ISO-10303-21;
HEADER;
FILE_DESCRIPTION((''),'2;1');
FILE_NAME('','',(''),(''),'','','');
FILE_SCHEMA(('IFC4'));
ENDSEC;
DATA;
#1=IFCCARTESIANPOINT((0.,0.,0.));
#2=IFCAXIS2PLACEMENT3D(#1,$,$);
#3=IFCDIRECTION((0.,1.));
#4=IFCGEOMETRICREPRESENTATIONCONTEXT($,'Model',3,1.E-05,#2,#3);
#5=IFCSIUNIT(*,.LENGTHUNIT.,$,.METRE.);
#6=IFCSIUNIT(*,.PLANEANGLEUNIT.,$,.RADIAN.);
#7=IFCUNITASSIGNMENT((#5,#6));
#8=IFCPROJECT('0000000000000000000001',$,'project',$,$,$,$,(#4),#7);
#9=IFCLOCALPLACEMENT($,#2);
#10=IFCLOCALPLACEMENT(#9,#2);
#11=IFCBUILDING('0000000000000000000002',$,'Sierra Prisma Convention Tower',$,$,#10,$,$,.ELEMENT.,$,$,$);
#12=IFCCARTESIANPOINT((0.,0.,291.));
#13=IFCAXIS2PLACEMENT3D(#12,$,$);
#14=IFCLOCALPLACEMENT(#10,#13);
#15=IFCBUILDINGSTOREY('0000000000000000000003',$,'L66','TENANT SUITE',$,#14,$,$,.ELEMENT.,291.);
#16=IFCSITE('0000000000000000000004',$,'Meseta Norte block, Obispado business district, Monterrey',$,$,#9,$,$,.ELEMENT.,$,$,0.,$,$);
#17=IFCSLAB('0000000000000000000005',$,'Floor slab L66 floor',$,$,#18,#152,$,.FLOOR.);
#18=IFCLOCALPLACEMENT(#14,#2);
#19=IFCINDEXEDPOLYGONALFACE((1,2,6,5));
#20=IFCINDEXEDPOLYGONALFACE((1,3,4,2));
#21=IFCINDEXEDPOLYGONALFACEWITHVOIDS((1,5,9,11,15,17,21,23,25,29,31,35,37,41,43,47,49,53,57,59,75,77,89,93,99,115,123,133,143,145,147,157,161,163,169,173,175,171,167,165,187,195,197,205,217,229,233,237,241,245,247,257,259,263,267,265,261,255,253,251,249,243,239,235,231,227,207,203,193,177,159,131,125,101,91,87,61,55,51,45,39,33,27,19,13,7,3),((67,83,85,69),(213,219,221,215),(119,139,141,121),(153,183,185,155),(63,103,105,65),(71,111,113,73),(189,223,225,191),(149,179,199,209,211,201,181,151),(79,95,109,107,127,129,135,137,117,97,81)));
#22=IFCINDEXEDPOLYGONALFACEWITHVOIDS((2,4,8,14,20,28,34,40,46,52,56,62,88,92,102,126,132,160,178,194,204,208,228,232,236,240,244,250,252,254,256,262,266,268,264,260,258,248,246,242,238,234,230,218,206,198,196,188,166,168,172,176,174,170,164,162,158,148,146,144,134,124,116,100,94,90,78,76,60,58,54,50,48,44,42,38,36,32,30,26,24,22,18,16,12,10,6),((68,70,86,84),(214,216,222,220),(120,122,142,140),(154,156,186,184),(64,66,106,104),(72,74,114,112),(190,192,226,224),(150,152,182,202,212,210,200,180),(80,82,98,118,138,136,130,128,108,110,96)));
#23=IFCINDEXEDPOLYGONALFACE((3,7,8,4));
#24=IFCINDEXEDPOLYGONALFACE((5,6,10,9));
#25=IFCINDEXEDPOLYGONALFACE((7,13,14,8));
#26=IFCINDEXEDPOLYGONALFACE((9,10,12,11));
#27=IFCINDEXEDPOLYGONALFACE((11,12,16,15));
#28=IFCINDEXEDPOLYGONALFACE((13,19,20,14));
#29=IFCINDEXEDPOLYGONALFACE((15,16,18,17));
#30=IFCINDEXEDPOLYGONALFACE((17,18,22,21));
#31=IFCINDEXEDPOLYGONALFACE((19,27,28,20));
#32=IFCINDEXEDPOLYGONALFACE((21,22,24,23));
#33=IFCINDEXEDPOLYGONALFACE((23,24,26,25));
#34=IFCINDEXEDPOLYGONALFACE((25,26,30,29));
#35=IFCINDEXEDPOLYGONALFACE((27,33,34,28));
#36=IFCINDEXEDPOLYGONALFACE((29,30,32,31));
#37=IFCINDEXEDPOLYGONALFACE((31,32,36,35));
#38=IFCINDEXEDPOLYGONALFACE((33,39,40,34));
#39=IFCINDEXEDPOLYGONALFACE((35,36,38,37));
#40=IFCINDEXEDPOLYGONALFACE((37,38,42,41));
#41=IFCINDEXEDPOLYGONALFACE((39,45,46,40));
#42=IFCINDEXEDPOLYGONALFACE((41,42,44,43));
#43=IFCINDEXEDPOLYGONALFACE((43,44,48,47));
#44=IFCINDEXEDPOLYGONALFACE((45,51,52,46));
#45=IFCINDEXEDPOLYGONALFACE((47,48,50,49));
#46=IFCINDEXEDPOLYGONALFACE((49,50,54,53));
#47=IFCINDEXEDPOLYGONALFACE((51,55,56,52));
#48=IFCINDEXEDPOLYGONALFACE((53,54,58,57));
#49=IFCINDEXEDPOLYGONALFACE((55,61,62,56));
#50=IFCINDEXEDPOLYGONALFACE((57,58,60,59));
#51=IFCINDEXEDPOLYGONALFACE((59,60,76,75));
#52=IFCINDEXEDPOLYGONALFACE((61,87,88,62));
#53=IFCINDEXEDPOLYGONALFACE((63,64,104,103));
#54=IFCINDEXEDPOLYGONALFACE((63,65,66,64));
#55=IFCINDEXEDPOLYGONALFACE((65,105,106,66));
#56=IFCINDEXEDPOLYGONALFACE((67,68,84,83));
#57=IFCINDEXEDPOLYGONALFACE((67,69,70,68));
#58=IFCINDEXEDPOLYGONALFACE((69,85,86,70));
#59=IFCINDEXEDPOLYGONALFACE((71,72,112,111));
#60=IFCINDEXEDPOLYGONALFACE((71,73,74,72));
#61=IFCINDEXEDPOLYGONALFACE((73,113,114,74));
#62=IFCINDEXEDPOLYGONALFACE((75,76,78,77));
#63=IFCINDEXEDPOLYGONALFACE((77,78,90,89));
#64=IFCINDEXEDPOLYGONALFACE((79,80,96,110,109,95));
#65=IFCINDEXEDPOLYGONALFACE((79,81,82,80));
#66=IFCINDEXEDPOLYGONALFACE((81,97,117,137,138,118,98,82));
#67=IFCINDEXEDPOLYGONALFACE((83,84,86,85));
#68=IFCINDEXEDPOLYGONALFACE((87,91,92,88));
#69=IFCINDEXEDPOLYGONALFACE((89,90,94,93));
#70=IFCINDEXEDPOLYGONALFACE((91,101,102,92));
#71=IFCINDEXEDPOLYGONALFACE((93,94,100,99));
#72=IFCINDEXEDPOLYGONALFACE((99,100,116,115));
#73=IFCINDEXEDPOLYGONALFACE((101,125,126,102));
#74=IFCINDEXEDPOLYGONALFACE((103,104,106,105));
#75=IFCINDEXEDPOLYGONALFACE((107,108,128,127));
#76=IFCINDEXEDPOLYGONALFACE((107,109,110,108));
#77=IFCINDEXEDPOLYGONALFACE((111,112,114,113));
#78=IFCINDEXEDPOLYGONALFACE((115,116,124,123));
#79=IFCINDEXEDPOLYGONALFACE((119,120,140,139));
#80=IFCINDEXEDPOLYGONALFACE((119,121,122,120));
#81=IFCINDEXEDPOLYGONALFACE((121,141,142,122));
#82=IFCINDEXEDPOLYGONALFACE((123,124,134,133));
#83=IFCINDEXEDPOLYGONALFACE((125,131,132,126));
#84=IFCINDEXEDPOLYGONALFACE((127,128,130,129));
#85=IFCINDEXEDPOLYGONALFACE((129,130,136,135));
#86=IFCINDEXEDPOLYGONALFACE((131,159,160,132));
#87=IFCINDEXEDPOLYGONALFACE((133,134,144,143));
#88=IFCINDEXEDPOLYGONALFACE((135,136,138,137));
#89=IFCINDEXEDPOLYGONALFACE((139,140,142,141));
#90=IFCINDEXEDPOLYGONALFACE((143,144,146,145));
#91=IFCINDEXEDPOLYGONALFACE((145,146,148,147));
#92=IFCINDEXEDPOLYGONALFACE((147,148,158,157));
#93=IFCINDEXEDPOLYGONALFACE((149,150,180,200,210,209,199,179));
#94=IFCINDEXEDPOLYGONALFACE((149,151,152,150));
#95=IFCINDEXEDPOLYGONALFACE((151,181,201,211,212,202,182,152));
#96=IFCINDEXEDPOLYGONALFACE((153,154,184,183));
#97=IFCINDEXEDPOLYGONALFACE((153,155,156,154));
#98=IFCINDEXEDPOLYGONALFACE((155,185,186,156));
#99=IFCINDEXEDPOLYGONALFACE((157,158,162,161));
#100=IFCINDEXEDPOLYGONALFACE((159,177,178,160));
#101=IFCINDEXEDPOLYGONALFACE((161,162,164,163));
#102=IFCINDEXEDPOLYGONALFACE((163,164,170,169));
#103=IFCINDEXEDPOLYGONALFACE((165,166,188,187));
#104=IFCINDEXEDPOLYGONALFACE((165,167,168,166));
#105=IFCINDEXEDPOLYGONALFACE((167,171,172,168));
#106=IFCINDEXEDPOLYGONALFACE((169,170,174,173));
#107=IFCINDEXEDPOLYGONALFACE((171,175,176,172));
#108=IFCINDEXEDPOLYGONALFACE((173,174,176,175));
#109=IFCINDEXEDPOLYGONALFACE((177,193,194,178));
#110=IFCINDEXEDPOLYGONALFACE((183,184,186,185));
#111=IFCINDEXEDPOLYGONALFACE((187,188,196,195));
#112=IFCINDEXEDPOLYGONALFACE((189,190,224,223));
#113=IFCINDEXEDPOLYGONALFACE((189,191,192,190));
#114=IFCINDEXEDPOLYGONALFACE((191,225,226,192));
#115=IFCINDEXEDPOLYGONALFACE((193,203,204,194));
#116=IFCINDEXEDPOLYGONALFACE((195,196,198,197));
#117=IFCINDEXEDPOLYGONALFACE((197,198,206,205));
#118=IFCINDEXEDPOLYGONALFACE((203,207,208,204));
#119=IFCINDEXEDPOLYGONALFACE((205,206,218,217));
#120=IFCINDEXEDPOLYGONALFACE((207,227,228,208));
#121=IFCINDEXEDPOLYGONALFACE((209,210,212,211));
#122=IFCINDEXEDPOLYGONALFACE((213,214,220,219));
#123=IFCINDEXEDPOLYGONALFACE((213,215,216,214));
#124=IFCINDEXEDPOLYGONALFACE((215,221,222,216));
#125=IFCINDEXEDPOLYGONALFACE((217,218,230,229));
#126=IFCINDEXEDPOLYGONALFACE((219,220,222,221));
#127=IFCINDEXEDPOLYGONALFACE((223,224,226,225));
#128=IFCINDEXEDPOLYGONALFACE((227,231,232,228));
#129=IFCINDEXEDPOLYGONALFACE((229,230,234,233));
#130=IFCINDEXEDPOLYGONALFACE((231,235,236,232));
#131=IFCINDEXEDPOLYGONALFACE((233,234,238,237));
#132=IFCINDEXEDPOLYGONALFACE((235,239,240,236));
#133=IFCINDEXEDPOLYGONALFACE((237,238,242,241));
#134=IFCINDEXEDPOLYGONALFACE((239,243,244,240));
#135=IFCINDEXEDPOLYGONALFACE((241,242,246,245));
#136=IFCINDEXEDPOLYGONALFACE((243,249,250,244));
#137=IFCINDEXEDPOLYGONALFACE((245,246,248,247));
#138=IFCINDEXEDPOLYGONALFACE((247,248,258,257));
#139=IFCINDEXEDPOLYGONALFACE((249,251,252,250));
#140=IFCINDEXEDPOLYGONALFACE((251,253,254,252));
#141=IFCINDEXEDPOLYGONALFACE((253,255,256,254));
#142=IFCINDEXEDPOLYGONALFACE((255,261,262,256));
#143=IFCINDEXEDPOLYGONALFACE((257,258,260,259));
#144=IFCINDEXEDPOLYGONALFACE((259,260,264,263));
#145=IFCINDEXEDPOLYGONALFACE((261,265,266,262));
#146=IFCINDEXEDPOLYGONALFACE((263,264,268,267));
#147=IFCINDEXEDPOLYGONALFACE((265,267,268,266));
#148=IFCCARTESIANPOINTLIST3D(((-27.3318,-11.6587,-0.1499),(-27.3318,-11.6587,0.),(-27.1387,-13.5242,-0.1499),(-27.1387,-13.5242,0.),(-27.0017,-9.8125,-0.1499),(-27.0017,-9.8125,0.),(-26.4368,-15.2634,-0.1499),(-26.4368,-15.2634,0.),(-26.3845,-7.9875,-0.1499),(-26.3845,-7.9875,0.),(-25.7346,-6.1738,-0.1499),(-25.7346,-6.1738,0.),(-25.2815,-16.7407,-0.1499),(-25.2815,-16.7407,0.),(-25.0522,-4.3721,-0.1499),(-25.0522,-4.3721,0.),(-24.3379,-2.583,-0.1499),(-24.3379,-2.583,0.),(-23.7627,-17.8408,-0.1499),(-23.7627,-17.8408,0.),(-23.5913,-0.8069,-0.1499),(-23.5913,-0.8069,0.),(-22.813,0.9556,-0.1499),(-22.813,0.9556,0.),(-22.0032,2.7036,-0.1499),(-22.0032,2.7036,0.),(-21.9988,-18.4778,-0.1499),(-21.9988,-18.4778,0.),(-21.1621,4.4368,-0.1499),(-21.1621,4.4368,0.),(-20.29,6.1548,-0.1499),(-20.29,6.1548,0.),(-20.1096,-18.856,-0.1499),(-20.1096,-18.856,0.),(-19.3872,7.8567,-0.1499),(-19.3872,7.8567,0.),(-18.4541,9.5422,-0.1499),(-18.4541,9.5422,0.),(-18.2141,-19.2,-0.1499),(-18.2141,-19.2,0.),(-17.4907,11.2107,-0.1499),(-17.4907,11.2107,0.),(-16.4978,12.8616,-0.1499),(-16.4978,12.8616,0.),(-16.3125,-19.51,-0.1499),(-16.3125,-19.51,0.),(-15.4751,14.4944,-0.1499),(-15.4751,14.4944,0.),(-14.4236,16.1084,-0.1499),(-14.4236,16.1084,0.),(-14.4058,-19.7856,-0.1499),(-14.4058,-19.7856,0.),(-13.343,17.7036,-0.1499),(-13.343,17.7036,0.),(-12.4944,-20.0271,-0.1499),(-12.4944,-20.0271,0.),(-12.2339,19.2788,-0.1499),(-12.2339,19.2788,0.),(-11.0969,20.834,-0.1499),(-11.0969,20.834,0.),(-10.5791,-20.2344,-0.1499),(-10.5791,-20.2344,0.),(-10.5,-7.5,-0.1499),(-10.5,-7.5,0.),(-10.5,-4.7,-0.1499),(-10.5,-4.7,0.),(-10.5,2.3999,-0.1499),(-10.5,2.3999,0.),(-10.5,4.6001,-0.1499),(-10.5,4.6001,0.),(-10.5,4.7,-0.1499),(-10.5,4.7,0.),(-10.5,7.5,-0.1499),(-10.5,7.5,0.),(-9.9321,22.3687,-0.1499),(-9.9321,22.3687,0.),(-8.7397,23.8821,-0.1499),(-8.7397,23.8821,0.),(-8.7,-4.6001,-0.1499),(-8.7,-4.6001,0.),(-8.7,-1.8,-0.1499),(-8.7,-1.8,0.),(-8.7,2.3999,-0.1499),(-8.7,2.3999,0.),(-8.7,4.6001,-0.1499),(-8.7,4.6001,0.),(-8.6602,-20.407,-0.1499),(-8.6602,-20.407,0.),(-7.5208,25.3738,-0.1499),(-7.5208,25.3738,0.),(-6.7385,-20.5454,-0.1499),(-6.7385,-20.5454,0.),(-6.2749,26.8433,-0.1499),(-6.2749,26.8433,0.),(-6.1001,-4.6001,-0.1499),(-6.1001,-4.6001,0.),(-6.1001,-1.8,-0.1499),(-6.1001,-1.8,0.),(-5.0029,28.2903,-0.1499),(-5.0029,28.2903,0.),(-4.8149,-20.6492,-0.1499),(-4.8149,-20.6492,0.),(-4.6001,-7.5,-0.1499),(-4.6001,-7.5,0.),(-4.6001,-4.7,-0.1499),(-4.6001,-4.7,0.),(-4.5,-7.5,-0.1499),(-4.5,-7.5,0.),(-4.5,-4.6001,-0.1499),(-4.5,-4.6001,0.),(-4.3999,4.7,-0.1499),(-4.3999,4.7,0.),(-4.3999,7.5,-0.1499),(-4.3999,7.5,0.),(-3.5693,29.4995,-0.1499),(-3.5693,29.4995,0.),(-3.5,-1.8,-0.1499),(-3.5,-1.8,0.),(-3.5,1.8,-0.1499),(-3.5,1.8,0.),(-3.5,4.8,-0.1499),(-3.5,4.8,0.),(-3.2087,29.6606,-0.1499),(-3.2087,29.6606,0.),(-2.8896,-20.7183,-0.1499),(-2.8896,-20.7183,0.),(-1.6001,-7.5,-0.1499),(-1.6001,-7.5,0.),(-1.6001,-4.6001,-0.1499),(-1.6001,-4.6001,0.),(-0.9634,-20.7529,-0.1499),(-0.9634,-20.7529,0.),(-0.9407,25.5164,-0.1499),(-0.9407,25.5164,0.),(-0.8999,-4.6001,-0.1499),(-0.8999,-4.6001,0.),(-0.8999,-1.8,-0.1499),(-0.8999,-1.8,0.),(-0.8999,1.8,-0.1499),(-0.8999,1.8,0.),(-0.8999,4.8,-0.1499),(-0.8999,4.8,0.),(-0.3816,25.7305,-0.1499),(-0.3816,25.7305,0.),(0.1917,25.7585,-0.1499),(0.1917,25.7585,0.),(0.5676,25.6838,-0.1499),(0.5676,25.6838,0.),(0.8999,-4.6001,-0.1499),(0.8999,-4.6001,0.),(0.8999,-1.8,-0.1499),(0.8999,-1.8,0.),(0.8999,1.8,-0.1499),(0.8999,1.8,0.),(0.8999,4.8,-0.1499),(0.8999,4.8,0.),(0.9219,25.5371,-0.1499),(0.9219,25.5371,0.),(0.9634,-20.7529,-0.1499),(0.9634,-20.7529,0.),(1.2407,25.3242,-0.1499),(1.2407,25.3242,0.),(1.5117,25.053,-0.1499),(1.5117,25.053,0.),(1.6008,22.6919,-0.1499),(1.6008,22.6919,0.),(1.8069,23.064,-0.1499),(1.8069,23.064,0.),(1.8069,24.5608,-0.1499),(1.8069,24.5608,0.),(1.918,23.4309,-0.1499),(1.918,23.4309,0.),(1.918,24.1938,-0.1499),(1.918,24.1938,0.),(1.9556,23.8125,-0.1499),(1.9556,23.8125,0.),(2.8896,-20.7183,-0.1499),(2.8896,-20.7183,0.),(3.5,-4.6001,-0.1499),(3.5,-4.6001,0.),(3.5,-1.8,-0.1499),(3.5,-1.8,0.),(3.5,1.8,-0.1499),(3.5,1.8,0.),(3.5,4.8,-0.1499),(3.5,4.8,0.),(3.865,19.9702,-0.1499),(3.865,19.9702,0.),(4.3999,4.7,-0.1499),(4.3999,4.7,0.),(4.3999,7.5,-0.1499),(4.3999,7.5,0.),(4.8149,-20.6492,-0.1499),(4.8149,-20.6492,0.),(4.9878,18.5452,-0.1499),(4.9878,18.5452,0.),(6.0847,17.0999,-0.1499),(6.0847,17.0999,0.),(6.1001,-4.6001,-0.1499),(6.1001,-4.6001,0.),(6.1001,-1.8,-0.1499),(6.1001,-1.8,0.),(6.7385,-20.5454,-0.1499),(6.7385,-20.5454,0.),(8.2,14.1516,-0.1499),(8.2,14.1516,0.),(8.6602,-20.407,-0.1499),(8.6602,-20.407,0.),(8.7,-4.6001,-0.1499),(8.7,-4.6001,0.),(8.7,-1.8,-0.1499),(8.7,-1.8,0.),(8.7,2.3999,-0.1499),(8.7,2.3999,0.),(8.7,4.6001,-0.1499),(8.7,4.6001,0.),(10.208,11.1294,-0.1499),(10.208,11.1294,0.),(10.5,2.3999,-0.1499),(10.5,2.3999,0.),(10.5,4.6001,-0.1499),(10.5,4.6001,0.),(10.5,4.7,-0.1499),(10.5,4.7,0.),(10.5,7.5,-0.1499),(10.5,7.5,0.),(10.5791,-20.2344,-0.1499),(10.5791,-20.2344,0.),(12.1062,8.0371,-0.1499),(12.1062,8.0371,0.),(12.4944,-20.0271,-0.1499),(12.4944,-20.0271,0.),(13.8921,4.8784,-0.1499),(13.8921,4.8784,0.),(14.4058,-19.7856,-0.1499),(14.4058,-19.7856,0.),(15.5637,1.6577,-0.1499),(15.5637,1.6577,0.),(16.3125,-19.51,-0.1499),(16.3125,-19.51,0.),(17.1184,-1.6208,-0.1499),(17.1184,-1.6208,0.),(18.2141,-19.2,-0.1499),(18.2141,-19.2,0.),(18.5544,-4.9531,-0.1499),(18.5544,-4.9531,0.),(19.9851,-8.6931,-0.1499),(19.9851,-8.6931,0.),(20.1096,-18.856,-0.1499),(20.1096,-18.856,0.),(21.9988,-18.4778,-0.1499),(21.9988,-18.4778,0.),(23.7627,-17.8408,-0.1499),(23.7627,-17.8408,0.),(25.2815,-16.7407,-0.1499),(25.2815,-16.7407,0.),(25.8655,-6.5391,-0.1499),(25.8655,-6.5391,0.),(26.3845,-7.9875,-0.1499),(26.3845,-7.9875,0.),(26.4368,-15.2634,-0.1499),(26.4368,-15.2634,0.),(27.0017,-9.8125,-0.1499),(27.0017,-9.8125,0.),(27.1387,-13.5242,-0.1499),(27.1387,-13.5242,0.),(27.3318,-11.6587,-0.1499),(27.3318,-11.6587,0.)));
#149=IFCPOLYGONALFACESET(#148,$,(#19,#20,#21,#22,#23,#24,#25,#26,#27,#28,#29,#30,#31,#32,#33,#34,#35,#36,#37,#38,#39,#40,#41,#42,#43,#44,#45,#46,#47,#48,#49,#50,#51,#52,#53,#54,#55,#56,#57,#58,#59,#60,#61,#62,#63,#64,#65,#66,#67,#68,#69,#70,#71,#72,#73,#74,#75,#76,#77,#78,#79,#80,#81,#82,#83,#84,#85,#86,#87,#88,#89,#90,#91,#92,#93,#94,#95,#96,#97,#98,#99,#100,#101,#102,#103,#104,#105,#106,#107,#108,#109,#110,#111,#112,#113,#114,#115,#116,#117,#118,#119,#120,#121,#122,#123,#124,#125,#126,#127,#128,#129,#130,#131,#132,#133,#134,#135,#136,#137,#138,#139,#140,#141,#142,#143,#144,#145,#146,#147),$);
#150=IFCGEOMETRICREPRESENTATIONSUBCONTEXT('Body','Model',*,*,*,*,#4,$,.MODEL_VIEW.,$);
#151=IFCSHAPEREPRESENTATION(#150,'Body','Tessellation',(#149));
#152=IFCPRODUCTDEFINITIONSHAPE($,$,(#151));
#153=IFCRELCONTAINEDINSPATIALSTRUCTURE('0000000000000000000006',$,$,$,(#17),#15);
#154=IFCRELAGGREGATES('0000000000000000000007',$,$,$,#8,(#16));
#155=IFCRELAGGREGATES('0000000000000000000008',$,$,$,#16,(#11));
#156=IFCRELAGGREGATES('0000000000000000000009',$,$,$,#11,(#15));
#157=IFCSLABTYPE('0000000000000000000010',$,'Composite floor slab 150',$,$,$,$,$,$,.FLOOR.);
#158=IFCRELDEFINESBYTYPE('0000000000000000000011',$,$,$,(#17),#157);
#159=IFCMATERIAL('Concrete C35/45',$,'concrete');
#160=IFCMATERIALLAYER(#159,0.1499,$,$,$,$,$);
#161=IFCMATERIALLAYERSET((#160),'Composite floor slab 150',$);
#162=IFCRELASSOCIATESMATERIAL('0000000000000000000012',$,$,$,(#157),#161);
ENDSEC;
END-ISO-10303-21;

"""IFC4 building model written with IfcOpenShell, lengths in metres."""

from ifc_helpers import new_model, si_unit, direction, frame, origin, place, context, subcontext, project, spatial, polyline, outline, extrude, material, layer, layer_set, type_object, element, save


model = new_model("IFC4")

# Units and contexts
model_context = context("Model", 3, precision=1e-05, world=origin(), true_north=direction((0.0, 1.0)))
body_context = subcontext(model_context, "Body", "Model", "MODEL_VIEW")
ifc_project = project(units=[si_unit("LENGTHUNIT", "METRE"), si_unit("PLANEANGLEUNIT", "RADIAN")], contexts=[model_context])

# Site, building, storey
site_placement = place(None, origin())
site = spatial("IfcSite", under=ifc_project, at=site_placement, Name="Meseta Norte block, Obispado business district, Monterrey", CompositionType="ELEMENT", RefElevation=0.0)
building_placement = place(site_placement, origin())
building = spatial("IfcBuilding", under=site, at=building_placement, Name="Sierra Prisma Convention Tower", CompositionType="ELEMENT")
storey_placement = place(building_placement, frame((0.0, 0.0, 291.0)))
storey = spatial("IfcBuildingStorey", under=building, at=storey_placement, Name="L66", Description="TENANT SUITE", CompositionType="ELEMENT", Elevation=291.0)

# Slab
ifc_material_1 = material(Name="Concrete C35/45", Category="concrete")
ifc_layer_1 = layer(ifc_material_1, 0.1499)
ifc_layer_set_1 = layer_set([ifc_layer_1], Name="Composite floor slab 150")
slab_type_1 = type_object("IfcSlabType", Name="Composite floor slab 150", PredefinedType="FLOOR", material=ifc_layer_set_1)
slab_1_placement = place(storey_placement, frame((0.0, 0.0, -0.1499)))
element("IfcSlab", 1, at=slab_1_placement, inside=storey, type_object=slab_type_1, Name="Floor slab L66 floor", PredefinedType="FLOOR", context=body_context, shape_type="SweptSolid", body=[
    extrude(outline(polyline([(26.3845, -7.9875), (25.8655, -6.5391), (19.9851, -8.6931), (18.5544, -4.9531), (17.1184, -1.6208), (15.5637, 1.6577), (13.8921, 4.8784), (12.1062, 8.0371), (10.208, 11.1294), (8.2, 14.1516), (6.0847, 17.0999), (4.9878, 18.5452), (3.865, 19.9702), (1.6008, 22.6919), (1.8069, 23.064), (1.918, 23.4309), (1.9556, 23.8125), (1.918, 24.1938), (1.8069, 24.5608), (1.5117, 25.053), (1.2407, 25.3242), (0.9219, 25.5371), (0.5676, 25.6838), (0.1917, 25.7585), (-0.3816, 25.7305), (-0.9407, 25.5164), (-3.2087, 29.6606), (-3.5693, 29.4995), (-5.0029, 28.2903), (-6.2749, 26.8433), (-7.5208, 25.3738), (-8.7397, 23.8821), (-9.9321, 22.3687), (-11.0969, 20.834), (-12.2339, 19.2788), (-13.343, 17.7036), (-14.4236, 16.1084), (-15.4751, 14.4944), (-16.4978, 12.8616), (-17.4907, 11.2107), (-18.4541, 9.5422), (-19.3872, 7.8567), (-20.29, 6.1548), (-21.1621, 4.4368), (-22.0032, 2.7036), (-22.813, 0.9556), (-23.5913, -0.8069), (-24.3379, -2.583), (-25.0522, -4.3721), (-25.7346, -6.1738), (-26.3845, -7.9875), (-27.0017, -9.8125), (-27.3318, -11.6587), (-27.1387, -13.5242), (-26.4368, -15.2634), (-25.2815, -16.7407), (-23.7627, -17.8408), (-21.9988, -18.4778), (-20.1096, -18.856), (-18.2141, -19.2), (-16.3125, -19.51), (-14.4058, -19.7856), (-12.4944, -20.0271), (-10.5791, -20.2344), (-8.6602, -20.407), (-6.7385, -20.5454), (-4.8149, -20.6492), (-2.8896, -20.7183), (-0.9634, -20.7529), (0.9634, -20.7529), (2.8896, -20.7183), (4.8149, -20.6492), (6.7385, -20.5454), (8.6602, -20.407), (10.5791, -20.2344), (12.4944, -20.0271), (14.4058, -19.7856), (16.3125, -19.51), (18.2141, -19.2), (20.1096, -18.856), (21.9988, -18.4778), (23.7627, -17.8408), (25.2815, -16.7407), (26.4368, -15.2634), (27.1387, -13.5242), (27.3318, -11.6587), (27.0017, -9.8125), (26.3845, -7.9875)]), holes=[polyline([(-4.6001, -4.7), (-4.6001, -7.5), (-10.5, -7.5), (-10.5, -4.7), (-4.6001, -4.7)]), polyline([(-4.5, -7.5), (-4.5, -4.6001), (-6.1001, -4.6001), (-8.7, -4.6001), (-8.7, -1.8), (-6.1001, -1.8), (-3.5, -1.8), (-0.8999, -1.8), (-0.8999, -4.6001), (-1.6001, -4.6001), (-1.6001, -7.5), (-4.5, -7.5)]), polyline([(-8.7, 2.3999), (-10.5, 2.3999), (-10.5, 4.6001), (-8.7, 4.6001), (-8.7, 2.3999)]), polyline([(-4.3999, 4.7), (-10.5, 4.7), (-10.5, 7.5), (-4.3999, 7.5), (-4.3999, 4.7)]), polyline([(3.5, -1.8), (6.1001, -1.8), (8.7, -1.8), (8.7, -4.6001), (6.1001, -4.6001), (3.5, -4.6001), (0.8999, -4.6001), (0.8999, -1.8), (3.5, -1.8)]), polyline([(-0.8999, 1.8), (-3.5, 1.8), (-3.5, 4.8), (-0.8999, 4.8), (-0.8999, 1.8)]), polyline([(3.5, 1.8), (0.8999, 1.8), (0.8999, 4.8), (3.5, 4.8), (3.5, 1.8)]), polyline([(10.5, 2.3999), (8.7, 2.3999), (8.7, 4.6001), (10.5, 4.6001), (10.5, 2.3999)]), polyline([(10.5, 4.7), (4.3999, 4.7), (4.3999, 7.5), (10.5, 7.5), (10.5, 4.7)])]), origin(), (0.0, 0.0, 1.0), 0.1499),
])

save(model, "model.ifc")
